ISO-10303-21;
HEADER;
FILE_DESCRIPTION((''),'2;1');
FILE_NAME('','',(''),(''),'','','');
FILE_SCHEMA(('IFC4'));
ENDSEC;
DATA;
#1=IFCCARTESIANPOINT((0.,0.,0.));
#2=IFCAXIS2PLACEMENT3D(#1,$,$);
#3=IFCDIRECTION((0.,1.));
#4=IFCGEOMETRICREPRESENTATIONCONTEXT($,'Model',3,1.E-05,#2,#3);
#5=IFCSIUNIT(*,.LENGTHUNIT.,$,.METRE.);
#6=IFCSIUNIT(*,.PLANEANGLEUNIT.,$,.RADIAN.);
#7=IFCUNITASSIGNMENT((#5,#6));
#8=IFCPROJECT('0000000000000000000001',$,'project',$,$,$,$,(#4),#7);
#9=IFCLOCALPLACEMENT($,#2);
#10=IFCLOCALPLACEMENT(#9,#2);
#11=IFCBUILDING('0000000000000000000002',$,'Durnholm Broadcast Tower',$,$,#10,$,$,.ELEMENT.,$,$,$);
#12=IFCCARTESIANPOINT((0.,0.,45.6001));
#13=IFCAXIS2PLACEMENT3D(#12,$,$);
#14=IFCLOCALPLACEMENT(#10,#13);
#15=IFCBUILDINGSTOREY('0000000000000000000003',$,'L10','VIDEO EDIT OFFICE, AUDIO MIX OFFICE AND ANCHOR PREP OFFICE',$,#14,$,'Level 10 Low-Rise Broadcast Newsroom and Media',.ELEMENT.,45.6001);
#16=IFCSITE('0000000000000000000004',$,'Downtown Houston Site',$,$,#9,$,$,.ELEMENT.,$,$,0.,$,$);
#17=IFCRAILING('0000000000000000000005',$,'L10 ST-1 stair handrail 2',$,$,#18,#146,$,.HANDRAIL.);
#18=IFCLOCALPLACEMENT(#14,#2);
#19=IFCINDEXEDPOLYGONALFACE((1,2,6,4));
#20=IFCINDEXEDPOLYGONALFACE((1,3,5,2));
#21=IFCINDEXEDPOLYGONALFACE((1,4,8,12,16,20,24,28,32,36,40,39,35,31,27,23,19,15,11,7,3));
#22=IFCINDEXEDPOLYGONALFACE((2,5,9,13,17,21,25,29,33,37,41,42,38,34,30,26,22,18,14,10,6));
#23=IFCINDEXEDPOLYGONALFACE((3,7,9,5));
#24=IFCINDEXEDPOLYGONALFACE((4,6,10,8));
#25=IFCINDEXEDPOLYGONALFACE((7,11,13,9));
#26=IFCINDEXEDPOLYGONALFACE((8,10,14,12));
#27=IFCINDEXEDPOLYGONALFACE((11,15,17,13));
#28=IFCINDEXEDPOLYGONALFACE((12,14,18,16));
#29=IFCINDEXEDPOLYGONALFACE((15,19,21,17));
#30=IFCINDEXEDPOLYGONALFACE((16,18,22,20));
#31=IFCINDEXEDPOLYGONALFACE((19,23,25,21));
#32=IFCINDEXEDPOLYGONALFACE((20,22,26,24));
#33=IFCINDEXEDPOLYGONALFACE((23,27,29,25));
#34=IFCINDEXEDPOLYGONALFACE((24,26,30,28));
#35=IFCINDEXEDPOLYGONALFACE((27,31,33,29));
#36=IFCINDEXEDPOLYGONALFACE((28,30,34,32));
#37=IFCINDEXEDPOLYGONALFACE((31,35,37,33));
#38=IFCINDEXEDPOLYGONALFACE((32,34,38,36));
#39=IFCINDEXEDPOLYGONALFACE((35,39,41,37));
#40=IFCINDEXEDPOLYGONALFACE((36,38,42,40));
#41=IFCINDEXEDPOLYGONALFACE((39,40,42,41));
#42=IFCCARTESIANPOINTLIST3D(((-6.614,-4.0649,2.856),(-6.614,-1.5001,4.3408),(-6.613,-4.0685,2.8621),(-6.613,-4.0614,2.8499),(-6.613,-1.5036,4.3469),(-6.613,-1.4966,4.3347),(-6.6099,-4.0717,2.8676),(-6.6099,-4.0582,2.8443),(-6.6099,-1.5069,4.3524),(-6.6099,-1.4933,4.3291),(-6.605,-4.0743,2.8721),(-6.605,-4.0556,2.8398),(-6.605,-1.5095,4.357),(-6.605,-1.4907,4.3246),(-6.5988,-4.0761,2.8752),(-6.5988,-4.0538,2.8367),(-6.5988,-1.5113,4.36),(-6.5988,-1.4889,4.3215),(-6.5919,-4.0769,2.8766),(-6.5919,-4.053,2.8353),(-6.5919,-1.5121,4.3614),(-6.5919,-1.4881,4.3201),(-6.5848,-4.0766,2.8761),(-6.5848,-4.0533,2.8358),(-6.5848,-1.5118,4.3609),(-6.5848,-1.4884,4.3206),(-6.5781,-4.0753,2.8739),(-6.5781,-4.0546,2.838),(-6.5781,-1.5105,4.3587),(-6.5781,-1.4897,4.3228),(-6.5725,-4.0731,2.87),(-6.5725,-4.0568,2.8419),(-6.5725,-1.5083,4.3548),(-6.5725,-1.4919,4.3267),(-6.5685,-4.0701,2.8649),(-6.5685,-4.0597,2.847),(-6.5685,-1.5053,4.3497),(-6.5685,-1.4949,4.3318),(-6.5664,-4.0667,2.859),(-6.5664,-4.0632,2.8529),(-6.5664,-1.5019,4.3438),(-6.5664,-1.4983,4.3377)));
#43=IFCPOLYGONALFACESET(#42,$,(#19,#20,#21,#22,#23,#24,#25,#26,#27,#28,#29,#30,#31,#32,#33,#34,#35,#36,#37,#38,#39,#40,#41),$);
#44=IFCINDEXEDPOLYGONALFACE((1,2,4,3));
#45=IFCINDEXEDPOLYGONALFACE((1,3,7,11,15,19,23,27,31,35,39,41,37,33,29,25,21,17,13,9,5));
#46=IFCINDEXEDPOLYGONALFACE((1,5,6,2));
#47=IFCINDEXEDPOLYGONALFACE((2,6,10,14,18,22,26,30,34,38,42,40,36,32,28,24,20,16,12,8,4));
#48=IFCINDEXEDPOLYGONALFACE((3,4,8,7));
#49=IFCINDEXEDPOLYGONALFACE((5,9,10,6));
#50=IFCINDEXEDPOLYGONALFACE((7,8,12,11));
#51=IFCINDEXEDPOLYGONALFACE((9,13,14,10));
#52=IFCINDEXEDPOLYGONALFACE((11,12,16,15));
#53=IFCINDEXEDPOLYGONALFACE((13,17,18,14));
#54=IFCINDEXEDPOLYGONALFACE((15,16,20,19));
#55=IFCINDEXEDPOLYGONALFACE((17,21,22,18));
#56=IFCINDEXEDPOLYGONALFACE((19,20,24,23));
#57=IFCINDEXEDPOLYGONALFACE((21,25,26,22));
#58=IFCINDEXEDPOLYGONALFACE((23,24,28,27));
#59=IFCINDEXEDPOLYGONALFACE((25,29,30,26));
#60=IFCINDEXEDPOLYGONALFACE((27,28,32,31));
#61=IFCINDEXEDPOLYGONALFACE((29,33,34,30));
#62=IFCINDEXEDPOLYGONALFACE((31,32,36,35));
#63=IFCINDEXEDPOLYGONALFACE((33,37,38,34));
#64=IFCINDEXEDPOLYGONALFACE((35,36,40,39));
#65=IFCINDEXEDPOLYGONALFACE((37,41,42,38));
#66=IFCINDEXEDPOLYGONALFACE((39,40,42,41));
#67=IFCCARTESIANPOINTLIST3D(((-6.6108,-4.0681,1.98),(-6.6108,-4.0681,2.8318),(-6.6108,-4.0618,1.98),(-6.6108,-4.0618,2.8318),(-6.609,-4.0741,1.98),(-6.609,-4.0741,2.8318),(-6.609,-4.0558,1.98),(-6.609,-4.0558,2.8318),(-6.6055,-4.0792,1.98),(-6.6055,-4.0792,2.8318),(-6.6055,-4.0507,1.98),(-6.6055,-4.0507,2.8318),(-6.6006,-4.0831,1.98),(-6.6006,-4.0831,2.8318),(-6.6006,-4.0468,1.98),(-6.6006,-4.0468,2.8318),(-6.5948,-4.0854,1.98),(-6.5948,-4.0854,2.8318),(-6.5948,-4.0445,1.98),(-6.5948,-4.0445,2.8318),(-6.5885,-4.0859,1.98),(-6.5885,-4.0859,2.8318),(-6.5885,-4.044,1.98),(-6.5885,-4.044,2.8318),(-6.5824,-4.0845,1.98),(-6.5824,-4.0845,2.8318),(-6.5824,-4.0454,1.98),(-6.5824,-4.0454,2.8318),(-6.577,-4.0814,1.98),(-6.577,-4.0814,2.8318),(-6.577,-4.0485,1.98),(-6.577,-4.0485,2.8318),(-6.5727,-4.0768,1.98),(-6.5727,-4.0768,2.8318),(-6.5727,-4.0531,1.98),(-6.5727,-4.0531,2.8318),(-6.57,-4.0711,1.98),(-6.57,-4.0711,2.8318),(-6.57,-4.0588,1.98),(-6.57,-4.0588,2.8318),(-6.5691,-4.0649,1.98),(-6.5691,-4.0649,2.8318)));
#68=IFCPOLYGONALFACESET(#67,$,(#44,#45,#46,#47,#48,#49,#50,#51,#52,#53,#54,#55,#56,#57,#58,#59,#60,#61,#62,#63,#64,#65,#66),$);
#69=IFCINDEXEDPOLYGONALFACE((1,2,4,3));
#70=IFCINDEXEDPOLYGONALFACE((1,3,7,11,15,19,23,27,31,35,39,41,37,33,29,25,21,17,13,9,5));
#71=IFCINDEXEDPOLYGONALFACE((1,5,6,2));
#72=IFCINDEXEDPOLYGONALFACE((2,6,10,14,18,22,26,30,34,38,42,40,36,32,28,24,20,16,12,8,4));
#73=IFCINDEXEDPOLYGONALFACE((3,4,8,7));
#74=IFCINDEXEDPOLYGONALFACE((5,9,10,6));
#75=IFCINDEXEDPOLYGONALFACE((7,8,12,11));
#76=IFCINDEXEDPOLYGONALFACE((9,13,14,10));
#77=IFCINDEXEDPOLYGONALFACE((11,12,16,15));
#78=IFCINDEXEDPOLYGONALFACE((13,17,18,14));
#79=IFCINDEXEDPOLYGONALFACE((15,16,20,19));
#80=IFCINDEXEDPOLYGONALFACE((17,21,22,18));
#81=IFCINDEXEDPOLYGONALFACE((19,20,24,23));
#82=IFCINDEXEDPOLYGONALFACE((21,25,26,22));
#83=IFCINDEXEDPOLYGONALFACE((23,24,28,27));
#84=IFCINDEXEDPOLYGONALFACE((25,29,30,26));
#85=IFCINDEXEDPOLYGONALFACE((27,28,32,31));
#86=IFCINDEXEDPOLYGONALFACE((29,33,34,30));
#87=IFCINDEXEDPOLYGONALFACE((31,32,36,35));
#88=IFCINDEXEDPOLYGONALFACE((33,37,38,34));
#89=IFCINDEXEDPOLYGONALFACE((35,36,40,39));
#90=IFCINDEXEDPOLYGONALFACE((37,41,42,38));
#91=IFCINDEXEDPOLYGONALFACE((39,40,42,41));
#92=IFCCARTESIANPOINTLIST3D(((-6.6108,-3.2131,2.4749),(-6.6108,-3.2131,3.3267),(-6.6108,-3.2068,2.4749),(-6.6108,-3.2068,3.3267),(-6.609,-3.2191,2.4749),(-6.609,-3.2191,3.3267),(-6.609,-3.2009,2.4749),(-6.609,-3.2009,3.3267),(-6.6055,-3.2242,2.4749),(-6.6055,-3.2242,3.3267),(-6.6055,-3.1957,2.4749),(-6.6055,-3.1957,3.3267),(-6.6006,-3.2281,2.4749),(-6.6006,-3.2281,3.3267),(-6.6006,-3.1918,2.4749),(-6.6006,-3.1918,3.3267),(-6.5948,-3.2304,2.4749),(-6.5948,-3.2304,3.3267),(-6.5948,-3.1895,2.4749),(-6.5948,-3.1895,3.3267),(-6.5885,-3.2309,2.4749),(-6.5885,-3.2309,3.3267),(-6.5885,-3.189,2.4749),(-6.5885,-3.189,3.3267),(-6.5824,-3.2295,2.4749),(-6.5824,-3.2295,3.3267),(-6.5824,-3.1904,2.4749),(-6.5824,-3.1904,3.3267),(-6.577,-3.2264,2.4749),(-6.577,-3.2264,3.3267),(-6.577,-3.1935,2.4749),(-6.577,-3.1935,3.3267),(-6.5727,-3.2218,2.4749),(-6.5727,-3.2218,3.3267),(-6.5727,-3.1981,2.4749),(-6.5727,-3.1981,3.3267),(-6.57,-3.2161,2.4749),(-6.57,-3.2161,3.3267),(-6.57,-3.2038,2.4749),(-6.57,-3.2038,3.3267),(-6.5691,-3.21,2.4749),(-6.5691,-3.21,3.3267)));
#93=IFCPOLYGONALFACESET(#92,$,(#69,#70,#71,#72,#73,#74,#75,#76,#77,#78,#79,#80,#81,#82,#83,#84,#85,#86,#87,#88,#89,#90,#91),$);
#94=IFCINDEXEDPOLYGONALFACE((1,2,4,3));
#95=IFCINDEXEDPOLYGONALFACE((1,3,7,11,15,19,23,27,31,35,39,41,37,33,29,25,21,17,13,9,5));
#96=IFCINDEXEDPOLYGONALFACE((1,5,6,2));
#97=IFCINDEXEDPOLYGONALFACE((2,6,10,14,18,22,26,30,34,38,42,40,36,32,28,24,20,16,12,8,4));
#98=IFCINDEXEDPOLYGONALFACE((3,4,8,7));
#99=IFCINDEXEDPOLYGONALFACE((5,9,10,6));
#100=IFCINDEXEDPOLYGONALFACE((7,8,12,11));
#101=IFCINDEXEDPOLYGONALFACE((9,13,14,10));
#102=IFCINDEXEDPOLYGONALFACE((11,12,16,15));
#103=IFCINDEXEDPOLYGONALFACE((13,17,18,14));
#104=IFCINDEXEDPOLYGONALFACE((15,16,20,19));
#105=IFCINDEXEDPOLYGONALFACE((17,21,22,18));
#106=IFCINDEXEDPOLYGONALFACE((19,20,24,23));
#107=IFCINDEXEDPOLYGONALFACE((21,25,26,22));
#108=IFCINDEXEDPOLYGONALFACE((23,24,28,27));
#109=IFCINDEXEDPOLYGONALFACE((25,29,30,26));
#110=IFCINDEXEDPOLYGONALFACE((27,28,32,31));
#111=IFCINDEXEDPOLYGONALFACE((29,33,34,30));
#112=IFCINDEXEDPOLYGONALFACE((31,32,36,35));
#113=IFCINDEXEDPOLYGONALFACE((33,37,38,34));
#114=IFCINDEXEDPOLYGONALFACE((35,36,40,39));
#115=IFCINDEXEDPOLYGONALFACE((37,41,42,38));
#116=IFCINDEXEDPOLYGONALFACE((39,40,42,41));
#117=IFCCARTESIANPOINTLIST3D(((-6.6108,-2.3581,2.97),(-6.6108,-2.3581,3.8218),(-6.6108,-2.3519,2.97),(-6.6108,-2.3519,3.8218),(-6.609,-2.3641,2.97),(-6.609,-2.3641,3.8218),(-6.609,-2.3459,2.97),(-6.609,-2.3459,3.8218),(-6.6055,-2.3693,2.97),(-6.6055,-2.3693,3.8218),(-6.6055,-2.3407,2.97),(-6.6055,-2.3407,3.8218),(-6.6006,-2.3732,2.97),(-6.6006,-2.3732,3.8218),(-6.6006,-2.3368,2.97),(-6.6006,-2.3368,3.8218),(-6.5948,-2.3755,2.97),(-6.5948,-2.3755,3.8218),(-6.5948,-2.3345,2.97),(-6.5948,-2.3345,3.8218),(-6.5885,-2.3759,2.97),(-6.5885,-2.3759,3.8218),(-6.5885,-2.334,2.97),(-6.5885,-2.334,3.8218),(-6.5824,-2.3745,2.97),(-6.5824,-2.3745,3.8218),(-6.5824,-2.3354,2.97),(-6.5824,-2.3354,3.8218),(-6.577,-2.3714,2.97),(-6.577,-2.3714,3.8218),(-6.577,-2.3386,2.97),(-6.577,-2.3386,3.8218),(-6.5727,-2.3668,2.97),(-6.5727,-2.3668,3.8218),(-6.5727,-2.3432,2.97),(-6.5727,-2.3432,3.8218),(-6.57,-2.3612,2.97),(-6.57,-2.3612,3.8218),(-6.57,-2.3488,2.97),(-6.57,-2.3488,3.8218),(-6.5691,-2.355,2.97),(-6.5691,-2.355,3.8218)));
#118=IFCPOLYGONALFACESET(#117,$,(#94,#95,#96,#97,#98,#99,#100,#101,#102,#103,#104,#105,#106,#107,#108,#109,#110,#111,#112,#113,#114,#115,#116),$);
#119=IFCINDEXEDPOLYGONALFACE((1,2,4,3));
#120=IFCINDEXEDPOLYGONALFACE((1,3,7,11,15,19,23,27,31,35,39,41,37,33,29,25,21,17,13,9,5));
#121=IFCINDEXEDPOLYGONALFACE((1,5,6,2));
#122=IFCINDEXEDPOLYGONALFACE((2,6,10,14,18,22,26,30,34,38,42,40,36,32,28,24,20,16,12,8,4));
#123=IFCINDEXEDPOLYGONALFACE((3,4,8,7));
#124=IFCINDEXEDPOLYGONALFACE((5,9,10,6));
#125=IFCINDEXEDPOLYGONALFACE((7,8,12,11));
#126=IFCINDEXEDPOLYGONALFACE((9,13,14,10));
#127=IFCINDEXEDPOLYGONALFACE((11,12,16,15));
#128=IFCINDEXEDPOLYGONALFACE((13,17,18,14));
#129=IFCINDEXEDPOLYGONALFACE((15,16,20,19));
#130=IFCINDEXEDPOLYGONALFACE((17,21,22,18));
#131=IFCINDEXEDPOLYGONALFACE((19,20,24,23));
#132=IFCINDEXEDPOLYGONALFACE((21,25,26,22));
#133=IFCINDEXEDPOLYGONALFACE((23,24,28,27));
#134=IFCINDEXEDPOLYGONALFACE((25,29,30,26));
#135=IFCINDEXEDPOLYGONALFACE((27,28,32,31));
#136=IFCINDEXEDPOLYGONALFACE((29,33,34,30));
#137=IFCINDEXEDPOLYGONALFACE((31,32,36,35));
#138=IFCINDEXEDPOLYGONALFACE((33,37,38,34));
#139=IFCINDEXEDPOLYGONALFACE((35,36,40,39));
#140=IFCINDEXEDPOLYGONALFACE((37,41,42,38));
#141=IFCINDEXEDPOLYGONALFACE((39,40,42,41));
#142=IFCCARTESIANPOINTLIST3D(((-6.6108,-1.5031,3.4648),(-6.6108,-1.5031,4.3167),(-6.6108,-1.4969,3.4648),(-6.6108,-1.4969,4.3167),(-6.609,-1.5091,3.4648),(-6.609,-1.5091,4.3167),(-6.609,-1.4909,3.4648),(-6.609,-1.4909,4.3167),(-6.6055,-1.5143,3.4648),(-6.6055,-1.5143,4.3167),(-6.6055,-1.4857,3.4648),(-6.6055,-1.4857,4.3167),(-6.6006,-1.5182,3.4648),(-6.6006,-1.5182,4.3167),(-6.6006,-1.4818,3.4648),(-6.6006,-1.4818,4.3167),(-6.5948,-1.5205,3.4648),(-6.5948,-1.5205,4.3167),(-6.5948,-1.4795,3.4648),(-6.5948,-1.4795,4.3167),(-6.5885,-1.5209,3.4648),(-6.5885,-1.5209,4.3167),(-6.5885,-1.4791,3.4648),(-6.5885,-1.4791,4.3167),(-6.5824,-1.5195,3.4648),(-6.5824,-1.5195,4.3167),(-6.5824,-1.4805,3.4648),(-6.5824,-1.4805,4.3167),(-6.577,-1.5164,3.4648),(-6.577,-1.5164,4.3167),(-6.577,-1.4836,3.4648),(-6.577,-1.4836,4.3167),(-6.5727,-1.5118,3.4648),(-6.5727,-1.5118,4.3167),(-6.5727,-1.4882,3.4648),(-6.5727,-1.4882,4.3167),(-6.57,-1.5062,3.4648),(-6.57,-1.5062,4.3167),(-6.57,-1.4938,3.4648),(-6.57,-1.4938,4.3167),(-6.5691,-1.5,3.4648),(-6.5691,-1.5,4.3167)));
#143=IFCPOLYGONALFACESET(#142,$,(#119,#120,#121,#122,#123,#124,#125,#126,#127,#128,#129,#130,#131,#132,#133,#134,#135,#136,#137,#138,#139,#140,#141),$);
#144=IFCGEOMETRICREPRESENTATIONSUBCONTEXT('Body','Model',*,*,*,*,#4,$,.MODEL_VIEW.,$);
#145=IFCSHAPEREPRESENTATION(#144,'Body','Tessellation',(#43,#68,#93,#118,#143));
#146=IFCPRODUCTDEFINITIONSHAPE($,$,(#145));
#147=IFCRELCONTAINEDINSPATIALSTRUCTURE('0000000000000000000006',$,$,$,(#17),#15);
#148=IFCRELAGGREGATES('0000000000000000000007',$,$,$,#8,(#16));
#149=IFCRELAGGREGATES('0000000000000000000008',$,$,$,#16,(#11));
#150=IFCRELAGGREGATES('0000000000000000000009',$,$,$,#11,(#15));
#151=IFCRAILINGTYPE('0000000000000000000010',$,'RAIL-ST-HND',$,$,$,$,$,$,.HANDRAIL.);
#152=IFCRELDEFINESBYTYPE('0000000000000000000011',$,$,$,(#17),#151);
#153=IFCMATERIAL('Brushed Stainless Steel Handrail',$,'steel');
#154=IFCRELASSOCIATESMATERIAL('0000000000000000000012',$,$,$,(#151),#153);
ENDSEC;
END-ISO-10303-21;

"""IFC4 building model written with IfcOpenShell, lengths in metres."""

from ifc_helpers import new_model, si_unit, direction, frame, origin, origin_2d, place, context, subcontext, project, spatial, circle, extrude, material, type_object, element, save


model = new_model("IFC4")

# Units and contexts
model_context = context("Model", 3, precision=1e-05, world=origin(), true_north=direction((0.0, 1.0)))
body_context = subcontext(model_context, "Body", "Model", "MODEL_VIEW")
ifc_project = project(units=[si_unit("LENGTHUNIT", "METRE"), si_unit("PLANEANGLEUNIT", "RADIAN")], contexts=[model_context])

# Site, building, storey
site_placement = place(None, origin())
site = spatial("IfcSite", under=ifc_project, at=site_placement, Name="Downtown Houston Site", CompositionType="ELEMENT", RefElevation=0.0)
building_placement = place(site_placement, origin())
building = spatial("IfcBuilding", under=site, at=building_placement, Name="Durnholm Broadcast Tower", CompositionType="ELEMENT")
storey_placement = place(building_placement, frame((0.0, 0.0, 45.6001)))
storey = spatial("IfcBuildingStorey", under=building, at=storey_placement, Name="L10", Description="VIDEO EDIT OFFICE, AUDIO MIX OFFICE AND ANCHOR PREP OFFICE", LongName="Level 10 Low-Rise Broadcast Newsroom and Media", CompositionType="ELEMENT", Elevation=45.6001)

# Railing
ifc_material_1 = material(Name="Brushed Stainless Steel Handrail", Category="steel")
railing_type_1 = type_object("IfcRailingType", Name="RAIL-ST-HND", PredefinedType="HANDRAIL", material=ifc_material_1)
railing_1_placement = place(storey_placement, frame((-6.5901, -4.0649, 1.98)))
element("IfcRailing", 1, at=railing_1_placement, inside=storey, type_object=railing_type_1, Name="L10 ST-1 stair handrail 2", PredefinedType="HANDRAIL", context=body_context, shape_type="SweptSolid", body=[
    extrude(circle(Radius=0.0239, at=origin_2d()), frame((0.0, 0.0, 0.876), z_axis=(0.0, 0.865441, 0.50101), x_axis=(-1.0, 0.0, 0.0)), (0.0, 0.0, 1.0), 2.9636),
    extrude(circle(Radius=0.021, at=origin_2d()), origin(), (0.0, 0.0, 1.0), 0.8518),
    extrude(circle(Radius=0.021, at=origin_2d()), frame((0.0, 0.855, 0.4949)), (0.0, 0.0, 1.0), 0.8518),
    extrude(circle(Radius=0.021, at=origin_2d()), frame((0.0, 1.71, 0.99)), (0.0, 0.0, 1.0), 0.8518),
    extrude(circle(Radius=0.021, at=origin_2d()), frame((0.0, 2.5649, 1.4849)), (0.0, 0.0, 1.0), 0.8518),
])

save(model, "model.ifc")
